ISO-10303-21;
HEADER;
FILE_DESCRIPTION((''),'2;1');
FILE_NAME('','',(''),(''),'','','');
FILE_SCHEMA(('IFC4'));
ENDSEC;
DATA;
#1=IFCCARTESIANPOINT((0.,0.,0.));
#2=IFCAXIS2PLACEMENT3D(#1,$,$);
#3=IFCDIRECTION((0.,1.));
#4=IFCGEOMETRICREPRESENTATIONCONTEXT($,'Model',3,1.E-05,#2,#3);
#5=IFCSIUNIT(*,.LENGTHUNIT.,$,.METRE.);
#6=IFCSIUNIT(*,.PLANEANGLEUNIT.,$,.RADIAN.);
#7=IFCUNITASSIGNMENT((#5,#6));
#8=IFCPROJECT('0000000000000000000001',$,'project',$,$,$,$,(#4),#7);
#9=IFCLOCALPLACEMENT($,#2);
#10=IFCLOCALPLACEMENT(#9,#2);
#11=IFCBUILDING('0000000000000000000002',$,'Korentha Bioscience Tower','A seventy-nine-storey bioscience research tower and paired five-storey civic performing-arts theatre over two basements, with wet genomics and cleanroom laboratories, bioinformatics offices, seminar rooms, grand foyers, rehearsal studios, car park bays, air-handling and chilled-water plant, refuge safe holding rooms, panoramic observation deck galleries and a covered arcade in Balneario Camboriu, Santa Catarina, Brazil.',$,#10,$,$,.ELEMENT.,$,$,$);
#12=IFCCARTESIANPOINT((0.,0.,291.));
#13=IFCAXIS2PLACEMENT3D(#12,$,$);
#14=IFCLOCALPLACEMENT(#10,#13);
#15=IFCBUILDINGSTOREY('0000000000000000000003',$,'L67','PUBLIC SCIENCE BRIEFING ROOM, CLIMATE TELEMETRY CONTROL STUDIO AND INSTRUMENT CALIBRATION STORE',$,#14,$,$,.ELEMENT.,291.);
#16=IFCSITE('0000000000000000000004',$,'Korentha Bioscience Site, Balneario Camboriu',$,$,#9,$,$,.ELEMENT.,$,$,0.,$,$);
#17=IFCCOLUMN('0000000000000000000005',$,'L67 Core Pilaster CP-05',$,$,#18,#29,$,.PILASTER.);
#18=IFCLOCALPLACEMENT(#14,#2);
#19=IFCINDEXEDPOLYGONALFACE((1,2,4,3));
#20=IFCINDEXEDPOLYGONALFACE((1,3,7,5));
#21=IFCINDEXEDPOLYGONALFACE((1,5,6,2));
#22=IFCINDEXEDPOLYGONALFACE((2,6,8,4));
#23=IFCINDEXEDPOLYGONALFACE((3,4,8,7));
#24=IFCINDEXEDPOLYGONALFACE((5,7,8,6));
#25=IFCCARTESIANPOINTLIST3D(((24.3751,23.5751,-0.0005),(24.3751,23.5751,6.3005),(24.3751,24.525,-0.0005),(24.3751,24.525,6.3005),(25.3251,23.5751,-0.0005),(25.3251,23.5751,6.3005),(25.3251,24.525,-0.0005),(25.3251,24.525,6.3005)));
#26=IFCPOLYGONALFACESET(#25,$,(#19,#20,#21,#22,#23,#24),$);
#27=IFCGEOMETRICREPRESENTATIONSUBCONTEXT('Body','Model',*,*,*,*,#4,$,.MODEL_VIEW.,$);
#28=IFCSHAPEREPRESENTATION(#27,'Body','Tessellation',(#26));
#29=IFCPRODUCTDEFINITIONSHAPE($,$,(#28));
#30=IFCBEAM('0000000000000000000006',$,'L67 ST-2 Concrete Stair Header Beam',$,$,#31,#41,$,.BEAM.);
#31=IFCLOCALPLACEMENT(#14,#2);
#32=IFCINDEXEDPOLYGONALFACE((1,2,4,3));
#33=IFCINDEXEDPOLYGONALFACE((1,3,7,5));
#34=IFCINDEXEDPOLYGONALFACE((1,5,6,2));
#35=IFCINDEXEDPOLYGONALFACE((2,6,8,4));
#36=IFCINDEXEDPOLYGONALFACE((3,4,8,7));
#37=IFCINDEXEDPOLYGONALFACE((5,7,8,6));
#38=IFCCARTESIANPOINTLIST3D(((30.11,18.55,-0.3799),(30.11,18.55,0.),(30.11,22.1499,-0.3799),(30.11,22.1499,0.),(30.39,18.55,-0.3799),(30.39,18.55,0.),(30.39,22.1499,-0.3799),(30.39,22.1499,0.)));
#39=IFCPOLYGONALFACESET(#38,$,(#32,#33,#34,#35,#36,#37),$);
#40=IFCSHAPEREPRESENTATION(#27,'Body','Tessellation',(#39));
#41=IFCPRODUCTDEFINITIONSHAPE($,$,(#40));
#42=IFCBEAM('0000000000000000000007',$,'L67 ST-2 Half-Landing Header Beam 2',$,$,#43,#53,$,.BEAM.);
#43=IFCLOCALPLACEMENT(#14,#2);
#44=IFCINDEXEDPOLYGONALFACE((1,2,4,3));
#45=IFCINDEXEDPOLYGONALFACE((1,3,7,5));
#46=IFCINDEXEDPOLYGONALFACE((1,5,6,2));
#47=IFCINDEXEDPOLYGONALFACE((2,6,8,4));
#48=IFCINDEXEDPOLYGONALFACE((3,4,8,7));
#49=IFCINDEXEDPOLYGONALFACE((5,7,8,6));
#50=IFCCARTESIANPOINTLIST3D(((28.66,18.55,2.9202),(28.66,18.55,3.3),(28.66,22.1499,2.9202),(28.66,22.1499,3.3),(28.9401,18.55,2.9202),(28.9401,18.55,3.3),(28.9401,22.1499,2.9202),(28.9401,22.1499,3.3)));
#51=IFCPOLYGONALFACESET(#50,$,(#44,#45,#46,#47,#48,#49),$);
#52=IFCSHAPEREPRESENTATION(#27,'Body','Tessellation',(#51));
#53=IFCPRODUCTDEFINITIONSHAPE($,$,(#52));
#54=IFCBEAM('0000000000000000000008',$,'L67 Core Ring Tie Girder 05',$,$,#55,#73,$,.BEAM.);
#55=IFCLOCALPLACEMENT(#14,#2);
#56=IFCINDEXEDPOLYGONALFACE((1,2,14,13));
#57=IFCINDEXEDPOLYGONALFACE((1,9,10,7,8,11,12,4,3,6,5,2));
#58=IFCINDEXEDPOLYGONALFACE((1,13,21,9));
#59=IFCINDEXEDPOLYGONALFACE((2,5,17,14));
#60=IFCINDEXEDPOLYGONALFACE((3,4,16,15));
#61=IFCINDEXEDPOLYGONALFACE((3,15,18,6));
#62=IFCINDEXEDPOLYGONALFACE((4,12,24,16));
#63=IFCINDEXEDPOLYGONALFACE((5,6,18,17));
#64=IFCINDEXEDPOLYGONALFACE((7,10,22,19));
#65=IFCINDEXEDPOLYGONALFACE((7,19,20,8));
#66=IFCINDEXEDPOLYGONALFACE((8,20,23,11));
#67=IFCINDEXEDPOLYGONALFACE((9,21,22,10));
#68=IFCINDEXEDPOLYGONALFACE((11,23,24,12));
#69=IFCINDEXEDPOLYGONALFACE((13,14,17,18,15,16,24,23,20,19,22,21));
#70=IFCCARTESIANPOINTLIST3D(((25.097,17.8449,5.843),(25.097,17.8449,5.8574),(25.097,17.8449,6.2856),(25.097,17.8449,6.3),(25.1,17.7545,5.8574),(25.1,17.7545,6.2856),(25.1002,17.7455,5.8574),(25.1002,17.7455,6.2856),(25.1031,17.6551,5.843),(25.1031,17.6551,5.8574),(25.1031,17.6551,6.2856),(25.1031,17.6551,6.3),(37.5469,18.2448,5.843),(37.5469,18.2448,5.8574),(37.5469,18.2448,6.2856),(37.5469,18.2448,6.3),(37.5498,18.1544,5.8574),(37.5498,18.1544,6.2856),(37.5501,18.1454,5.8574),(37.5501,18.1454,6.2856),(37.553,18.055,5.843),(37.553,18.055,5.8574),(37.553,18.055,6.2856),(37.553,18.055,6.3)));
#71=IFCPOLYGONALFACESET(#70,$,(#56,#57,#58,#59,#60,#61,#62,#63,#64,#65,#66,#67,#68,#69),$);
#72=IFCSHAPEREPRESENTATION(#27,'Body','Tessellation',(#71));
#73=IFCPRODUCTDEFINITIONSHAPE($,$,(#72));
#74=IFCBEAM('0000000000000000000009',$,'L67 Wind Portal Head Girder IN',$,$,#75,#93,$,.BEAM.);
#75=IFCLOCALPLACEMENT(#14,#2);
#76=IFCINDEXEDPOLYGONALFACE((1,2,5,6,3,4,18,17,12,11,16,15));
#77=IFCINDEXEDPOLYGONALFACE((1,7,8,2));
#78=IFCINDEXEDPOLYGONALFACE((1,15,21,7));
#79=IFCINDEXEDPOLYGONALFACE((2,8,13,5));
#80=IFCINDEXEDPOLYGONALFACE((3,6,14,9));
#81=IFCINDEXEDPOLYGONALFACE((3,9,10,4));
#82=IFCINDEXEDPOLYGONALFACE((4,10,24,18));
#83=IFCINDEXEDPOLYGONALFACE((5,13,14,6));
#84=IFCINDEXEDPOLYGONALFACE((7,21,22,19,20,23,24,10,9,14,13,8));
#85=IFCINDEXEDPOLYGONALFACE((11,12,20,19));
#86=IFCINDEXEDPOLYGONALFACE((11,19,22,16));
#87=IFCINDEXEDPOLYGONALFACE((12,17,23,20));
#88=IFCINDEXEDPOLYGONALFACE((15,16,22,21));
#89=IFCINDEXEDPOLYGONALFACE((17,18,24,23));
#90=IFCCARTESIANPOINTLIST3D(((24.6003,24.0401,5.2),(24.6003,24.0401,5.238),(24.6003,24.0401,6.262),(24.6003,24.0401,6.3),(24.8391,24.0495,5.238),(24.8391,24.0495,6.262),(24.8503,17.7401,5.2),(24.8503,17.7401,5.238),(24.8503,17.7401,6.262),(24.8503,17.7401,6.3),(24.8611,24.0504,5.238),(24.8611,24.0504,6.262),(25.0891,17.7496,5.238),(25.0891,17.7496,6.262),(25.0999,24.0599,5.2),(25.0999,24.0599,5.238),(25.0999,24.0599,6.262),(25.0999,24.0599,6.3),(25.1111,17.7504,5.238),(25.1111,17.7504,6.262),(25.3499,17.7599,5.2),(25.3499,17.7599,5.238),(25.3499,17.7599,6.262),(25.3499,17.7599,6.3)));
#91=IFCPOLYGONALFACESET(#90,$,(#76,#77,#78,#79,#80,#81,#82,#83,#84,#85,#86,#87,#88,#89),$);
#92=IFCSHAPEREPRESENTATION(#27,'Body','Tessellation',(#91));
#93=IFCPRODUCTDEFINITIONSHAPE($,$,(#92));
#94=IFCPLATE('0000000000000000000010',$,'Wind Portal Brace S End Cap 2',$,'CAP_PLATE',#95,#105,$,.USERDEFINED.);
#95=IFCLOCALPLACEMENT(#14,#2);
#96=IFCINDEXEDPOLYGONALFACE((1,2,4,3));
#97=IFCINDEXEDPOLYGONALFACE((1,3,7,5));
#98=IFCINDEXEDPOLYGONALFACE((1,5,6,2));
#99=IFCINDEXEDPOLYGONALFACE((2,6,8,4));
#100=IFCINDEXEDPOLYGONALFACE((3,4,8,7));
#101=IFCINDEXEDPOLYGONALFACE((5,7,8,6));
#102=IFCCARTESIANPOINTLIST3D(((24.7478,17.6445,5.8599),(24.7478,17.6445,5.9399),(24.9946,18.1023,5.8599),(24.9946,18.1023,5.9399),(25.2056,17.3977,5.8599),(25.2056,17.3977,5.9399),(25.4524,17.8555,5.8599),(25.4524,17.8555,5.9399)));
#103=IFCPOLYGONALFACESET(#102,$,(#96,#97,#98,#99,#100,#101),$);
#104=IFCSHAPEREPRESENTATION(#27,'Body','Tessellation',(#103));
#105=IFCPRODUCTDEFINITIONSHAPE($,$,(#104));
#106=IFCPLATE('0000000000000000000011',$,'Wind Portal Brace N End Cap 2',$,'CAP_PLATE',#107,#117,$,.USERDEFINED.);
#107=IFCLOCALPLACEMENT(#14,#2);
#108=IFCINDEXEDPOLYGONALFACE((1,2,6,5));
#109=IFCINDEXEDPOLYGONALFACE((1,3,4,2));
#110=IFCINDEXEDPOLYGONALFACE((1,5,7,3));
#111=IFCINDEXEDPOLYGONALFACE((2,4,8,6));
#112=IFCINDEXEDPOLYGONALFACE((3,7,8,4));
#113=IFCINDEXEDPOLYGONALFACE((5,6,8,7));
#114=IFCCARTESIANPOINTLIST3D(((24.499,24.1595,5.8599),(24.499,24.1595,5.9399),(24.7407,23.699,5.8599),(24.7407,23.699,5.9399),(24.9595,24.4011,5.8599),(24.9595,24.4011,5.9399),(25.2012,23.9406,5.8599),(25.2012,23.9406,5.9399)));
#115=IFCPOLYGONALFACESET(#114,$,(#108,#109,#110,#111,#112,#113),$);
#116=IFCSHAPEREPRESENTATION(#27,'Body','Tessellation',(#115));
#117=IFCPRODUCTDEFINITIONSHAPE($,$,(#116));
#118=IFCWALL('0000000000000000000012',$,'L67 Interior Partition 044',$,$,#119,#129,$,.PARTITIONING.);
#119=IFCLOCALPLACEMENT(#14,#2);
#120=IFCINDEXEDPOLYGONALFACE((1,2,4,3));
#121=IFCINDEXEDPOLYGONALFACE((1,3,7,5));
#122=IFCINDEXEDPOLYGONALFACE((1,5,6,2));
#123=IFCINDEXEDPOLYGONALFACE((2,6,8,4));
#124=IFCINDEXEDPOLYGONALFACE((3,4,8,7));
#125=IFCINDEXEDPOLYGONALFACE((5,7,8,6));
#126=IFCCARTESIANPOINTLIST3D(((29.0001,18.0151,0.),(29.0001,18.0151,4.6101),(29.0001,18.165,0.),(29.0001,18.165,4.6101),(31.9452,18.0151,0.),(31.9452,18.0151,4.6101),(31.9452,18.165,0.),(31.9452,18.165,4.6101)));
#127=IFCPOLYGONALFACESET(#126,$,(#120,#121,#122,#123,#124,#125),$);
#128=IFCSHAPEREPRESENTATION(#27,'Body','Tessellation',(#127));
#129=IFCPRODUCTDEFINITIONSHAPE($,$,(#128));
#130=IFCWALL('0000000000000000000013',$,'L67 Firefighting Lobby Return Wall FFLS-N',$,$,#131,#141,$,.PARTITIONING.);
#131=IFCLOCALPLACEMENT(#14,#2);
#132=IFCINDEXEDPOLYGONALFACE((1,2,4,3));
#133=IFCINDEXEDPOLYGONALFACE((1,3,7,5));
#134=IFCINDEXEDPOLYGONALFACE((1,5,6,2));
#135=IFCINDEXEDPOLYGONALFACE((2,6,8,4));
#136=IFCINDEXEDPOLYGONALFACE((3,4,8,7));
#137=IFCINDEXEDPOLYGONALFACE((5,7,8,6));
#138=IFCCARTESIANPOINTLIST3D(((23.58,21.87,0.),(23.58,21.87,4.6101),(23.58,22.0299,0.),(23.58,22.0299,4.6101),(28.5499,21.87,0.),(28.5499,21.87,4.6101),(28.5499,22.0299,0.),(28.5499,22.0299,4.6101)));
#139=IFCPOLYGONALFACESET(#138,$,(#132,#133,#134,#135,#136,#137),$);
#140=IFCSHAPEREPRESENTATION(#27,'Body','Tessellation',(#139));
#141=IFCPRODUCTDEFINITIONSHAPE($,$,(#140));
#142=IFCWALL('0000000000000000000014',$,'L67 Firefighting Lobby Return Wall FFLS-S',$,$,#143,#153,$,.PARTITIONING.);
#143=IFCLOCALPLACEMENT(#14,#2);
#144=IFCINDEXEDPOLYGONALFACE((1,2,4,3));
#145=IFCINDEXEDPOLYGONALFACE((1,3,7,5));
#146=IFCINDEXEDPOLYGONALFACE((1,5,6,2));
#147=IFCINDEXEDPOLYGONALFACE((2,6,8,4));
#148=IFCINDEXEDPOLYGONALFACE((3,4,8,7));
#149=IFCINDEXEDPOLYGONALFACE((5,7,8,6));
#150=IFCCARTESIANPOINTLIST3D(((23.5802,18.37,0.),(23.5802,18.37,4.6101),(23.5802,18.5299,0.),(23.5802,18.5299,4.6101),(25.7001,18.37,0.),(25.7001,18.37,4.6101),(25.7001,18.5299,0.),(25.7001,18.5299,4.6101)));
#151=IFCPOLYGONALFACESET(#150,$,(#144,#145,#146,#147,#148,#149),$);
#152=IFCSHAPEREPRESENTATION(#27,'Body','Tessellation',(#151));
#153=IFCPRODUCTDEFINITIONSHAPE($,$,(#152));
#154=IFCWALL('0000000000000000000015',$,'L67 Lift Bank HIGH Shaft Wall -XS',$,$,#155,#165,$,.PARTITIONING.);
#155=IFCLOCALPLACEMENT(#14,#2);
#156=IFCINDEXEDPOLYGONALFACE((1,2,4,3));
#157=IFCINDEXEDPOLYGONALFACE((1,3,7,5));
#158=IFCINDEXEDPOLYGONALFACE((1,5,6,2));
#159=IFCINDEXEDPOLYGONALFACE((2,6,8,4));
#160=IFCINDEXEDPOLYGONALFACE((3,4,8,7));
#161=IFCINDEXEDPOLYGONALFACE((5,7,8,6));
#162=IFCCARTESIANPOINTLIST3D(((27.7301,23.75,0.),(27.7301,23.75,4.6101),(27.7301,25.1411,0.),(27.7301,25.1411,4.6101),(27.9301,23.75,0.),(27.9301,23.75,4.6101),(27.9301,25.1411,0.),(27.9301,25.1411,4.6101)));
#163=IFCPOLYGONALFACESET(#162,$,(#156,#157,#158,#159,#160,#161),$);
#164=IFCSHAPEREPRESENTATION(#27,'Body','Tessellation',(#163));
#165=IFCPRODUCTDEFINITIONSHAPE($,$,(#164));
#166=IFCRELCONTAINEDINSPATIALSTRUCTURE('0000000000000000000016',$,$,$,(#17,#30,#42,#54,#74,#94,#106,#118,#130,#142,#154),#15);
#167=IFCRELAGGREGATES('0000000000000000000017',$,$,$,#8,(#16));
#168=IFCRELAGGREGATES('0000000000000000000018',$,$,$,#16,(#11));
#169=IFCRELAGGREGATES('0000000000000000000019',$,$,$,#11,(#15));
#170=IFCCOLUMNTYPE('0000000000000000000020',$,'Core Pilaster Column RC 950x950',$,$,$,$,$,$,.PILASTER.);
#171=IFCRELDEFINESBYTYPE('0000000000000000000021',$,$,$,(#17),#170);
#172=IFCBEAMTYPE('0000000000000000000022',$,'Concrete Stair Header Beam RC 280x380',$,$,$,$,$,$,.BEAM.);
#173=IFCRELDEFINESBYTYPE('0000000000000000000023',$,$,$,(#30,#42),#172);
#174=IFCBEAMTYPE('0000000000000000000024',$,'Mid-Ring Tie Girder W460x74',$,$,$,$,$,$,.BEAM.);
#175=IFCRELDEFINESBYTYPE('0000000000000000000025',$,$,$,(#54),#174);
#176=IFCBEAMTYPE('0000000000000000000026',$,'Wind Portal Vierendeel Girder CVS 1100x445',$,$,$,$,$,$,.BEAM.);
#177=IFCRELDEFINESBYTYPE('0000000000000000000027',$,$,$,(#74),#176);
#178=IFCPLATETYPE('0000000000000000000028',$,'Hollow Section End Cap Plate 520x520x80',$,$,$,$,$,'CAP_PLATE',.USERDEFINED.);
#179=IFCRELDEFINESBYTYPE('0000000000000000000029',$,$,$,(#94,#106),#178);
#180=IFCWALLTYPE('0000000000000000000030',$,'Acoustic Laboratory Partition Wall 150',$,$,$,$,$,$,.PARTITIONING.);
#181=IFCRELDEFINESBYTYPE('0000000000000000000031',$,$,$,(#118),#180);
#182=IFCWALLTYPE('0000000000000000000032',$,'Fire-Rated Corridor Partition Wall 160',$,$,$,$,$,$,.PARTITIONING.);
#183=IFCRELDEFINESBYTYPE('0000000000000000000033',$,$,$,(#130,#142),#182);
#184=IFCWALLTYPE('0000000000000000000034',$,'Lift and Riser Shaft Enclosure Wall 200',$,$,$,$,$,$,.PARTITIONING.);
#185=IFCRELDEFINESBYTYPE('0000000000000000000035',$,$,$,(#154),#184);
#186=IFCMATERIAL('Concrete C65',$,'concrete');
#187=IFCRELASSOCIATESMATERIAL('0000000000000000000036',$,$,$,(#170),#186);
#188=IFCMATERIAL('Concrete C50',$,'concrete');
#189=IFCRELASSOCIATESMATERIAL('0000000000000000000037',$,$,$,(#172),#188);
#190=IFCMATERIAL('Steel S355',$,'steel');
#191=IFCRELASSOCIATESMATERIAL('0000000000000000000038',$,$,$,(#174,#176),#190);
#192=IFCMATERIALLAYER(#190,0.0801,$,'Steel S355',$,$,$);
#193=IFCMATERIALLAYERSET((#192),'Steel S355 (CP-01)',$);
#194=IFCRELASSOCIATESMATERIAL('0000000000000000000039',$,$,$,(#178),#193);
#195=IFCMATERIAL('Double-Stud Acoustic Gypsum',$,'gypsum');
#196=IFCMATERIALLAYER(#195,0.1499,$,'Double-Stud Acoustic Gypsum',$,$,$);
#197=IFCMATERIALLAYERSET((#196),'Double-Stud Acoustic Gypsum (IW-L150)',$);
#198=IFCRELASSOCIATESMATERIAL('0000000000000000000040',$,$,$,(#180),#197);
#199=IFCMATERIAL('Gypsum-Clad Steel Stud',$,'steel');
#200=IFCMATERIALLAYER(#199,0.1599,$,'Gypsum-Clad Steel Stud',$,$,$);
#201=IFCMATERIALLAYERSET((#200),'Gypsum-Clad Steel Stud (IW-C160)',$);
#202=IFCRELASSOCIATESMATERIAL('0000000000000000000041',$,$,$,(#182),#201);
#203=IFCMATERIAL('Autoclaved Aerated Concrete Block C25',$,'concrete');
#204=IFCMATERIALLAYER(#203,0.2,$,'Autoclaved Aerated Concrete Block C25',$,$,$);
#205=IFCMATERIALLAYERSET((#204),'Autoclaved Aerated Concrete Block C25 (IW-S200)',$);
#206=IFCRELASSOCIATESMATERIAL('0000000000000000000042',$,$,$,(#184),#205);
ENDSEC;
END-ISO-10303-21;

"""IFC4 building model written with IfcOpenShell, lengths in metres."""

from ifc_helpers import new_model, si_unit, direction, frame, frame_2d, origin, origin_2d, place, context, subcontext, project, spatial, rectangle, i_section, extrude, material, layer, layer_set, material_profile, profile_set, type_object, element, save


model = new_model("IFC4")

# Units and contexts
model_context = context("Model", 3, precision=1e-05, world=origin(), true_north=direction((0.0, 1.0)))
body_context = subcontext(model_context, "Body", "Model", "MODEL_VIEW")
ifc_project = project(units=[si_unit("LENGTHUNIT", "METRE"), si_unit("PLANEANGLEUNIT", "RADIAN")], contexts=[model_context])

# Site, building, storey
site_placement = place(None, origin())
site = spatial("IfcSite", under=ifc_project, at=site_placement, Name="Korentha Bioscience Site, Balneario Camboriu", CompositionType="ELEMENT", RefElevation=0.0)
building_placement = place(site_placement, origin())
building = spatial("IfcBuilding", under=site, at=building_placement, Name="Korentha Bioscience Tower", Description="A seventy-nine-storey bioscience research tower and paired five-storey civic performing-arts theatre over two basements, with wet genomics and cleanroom laboratories, bioinformatics offices, seminar rooms, grand foyers, rehearsal studios, car park bays, air-handling and chilled-water plant, refuge safe holding rooms, panoramic observation deck galleries and a covered arcade in Balneario Camboriu, Santa Catarina, Brazil.", CompositionType="ELEMENT")
storey_placement = place(building_placement, frame((0.0, 0.0, 291.0)))
storey = spatial("IfcBuildingStorey", under=building, at=storey_placement, Name="L67", Description="PUBLIC SCIENCE BRIEFING ROOM, CLIMATE TELEMETRY CONTROL STUDIO AND INSTRUMENT CALIBRATION STORE", CompositionType="ELEMENT", Elevation=291.0)

# Column
ifc_material_1 = material(Name="Concrete C65", Category="concrete")
ifc_material_profile_1 = material_profile(ifc_material_1, rectangle(XDim=0.95, YDim=0.95, at=origin_2d()), Name="Concrete C65")
ifc_profile_set_1 = profile_set([ifc_material_profile_1], Name="Concrete C65 (COL-CP09)")
column_type = type_object("IfcColumnType", Name="Core Pilaster Column RC 950x950", PredefinedType="PILASTER", material=ifc_profile_set_1)
column_placement = place(storey_placement, frame((24.8501, 24.05, -0.0005), z_axis=(0.0, 0.0, 1.0), x_axis=(1.0, 0.0, 0.0)))
element("IfcColumn", 1, at=column_placement, inside=storey, type_object=column_type, Name="L67 Core Pilaster CP-05", PredefinedType="PILASTER", context=body_context, shape_type="SweptSolid", body=[
    extrude(rectangle(XDim=0.95, YDim=0.95, at=origin_2d()), origin(), (0.0, 0.0, 1.0), 6.301),
])

# Beams
ifc_material_2 = material(Name="Concrete C50", Category="concrete")
ifc_material_profile_2 = material_profile(ifc_material_2, rectangle(XDim=0.28, YDim=0.3799, at=origin_2d()), Name="Concrete C50")
ifc_profile_set_2 = profile_set([ifc_material_profile_2], Name="Concrete C50 (ST-HB380)")
beam_type_1 = type_object("IfcBeamType", Name="Concrete Stair Header Beam RC 280x380", PredefinedType="BEAM", material=ifc_profile_set_2)
for number, where, z_axis, x_axis, name in (
    (2, (30.25, 18.55, -0.1899), (0.0, 1.0, 0.0), (-1.0, 0.0, 0.0), "L67 ST-2 Concrete Stair Header Beam"),
    (3, (28.8, 18.55, 3.1101), (0.0, 1.0, 0.0), (-1.0, 0.0, 0.0), "L67 ST-2 Half-Landing Header Beam 2"),
):
    element("IfcBeam", number, at=place(storey_placement, frame(where, z_axis=z_axis, x_axis=x_axis)), inside=storey, type_object=beam_type_1, Name=name, PredefinedType="BEAM", context=body_context, shape_type="SweptSolid", body=[
        extrude(rectangle(XDim=0.28, YDim=0.3799, at=origin_2d()), origin(), (0.0, 0.0, 1.0), 3.5999),
    ])
ifc_material_3 = material(Name="Steel S355", Category="steel")
ifc_material_profile_3 = material_profile(ifc_material_3, i_section(OverallWidth=0.1899, OverallDepth=0.457, WebThickness=0.009, FlangeThickness=0.0144, at=origin_2d()), Name="Steel S355")
ifc_profile_set_3 = profile_set([ifc_material_profile_3], Name="Steel S355 (MB-460)")
beam_type_2 = type_object("IfcBeamType", Name="Mid-Ring Tie Girder W460x74", PredefinedType="BEAM", material=ifc_profile_set_3)
beam_1_placement = place(storey_placement, frame((25.1001, 17.75, 6.0715), z_axis=(0.999485, 0.032104, 0.0), x_axis=(-0.032104, 0.999485, 0.0)))
element("IfcBeam", 4, at=beam_1_placement, inside=storey, type_object=beam_type_2, Name="L67 Core Ring Tie Girder 05", PredefinedType="BEAM", context=body_context, shape_type="SweptSolid", body=[
    extrude(i_section(OverallWidth=0.1899, OverallDepth=0.457, WebThickness=0.009, FlangeThickness=0.0144, at=origin_2d()), origin(), (0.0, 0.0, 1.0), 12.4563),
])
ifc_material_profile_4 = material_profile(ifc_material_3, i_section(OverallWidth=0.5, OverallDepth=1.1001, WebThickness=0.022, FlangeThickness=0.0381, at=origin_2d()), Name="Steel S355")
ifc_profile_set_4 = profile_set([ifc_material_profile_4], Name="Steel S355 (WP-B1)")
beam_type_3 = type_object("IfcBeamType", Name="Wind Portal Vierendeel Girder CVS 1100x445", PredefinedType="BEAM", material=ifc_profile_set_4)
beam_2_placement = place(storey_placement, frame((25.1001, 17.75, 5.75), z_axis=(-0.039651, 0.999214, 0.0), x_axis=(-0.999214, -0.039651, 0.0)))
element("IfcBeam", 5, at=beam_2_placement, inside=storey, type_object=beam_type_3, Name="L67 Wind Portal Head Girder IN", PredefinedType="BEAM", context=body_context, shape_type="SweptSolid", body=[
    extrude(i_section(OverallWidth=0.5, OverallDepth=1.1001, WebThickness=0.022, FlangeThickness=0.0381, at=origin_2d()), origin(), (0.0, 0.0, 1.0), 6.3049),
])

# Plates
ifc_layer_1 = layer(ifc_material_3, 0.0801, Name="Steel S355")
ifc_layer_set_1 = layer_set([ifc_layer_1], Name="Steel S355 (CP-01)")
plate_type = type_object("IfcPlateType", Name="Hollow Section End Cap Plate 520x520x80", ElementType="CAP_PLATE", PredefinedType="USERDEFINED", material=ifc_layer_set_1)
for number, where, z_axis, x_axis, name in (
    (6, (25.1001, 17.75, 5.8599), (0.0, 0.0, 1.0), (0.474549, 0.880229, 0.0), "Wind Portal Brace S End Cap 2"),
    (7, (24.8501, 24.05, 5.8599), (0.0, 0.0, 1.0), (0.885475, 0.464688, 0.0), "Wind Portal Brace N End Cap 2"),
):
    element("IfcPlate", number, at=place(storey_placement, frame(where, z_axis=z_axis, x_axis=x_axis)), inside=storey, type_object=plate_type, Name=name, ObjectType="CAP_PLATE", PredefinedType="USERDEFINED", context=body_context, shape_type="SweptSolid", body=[
        extrude(rectangle(XDim=0.52, YDim=0.52, at=origin_2d()), origin(), (0.0, 0.0, 1.0), 0.0801),
    ])

# Wall
ifc_material_4 = material(Name="Double-Stud Acoustic Gypsum", Category="gypsum")
ifc_layer_2 = layer(ifc_material_4, 0.1499, Name="Double-Stud Acoustic Gypsum")
ifc_layer_set_2 = layer_set([ifc_layer_2], Name="Double-Stud Acoustic Gypsum (IW-L150)")
wall_type_1 = type_object("IfcWallType", Name="Acoustic Laboratory Partition Wall 150", PredefinedType="PARTITIONING", material=ifc_layer_set_2)
wall_1_placement = place(storey_placement, frame((29.0, 18.0901, 0.0), z_axis=(0.0, 0.0, 1.0), x_axis=(1.0, 0.0, 0.0)))
element("IfcWall", 8, at=wall_1_placement, inside=storey, type_object=wall_type_1, Name="L67 Interior Partition 044", PredefinedType="PARTITIONING", context=body_context, shape_type="SweptSolid", body=[
    extrude(rectangle(XDim=2.9451, YDim=0.1499, at=frame_2d((1.4727, 0.0))), origin(), (0.0, 0.0, 1.0), 4.6101),
])

# Shared definitions
ifc_material_5 = material(Name="Gypsum-Clad Steel Stud", Category="steel")
ifc_layer_3 = layer(ifc_material_5, 0.1599, Name="Gypsum-Clad Steel Stud")
ifc_layer_set_3 = layer_set([ifc_layer_3], Name="Gypsum-Clad Steel Stud (IW-C160)")
wall_type_2 = type_object("IfcWallType", Name="Fire-Rated Corridor Partition Wall 160", PredefinedType="PARTITIONING", material=ifc_layer_set_3)

# Walls
wall_2_placement = place(storey_placement, frame((23.5801, 21.95, 0.0), z_axis=(0.0, 0.0, 1.0), x_axis=(1.0, 0.0, 0.0)))
element("IfcWall", 9, at=wall_2_placement, inside=storey, type_object=wall_type_2, Name="L67 Firefighting Lobby Return Wall FFLS-N", PredefinedType="PARTITIONING", context=body_context, shape_type="SweptSolid", body=[
    extrude(rectangle(XDim=4.97, YDim=0.1599, at=frame_2d((2.4849, 0.0))), origin(), (0.0, 0.0, 1.0), 4.6101),
])
wall_3_placement = place(storey_placement, frame((23.5801, 18.45, 0.0), z_axis=(0.0, 0.0, 1.0), x_axis=(1.0, 0.0, 0.0)))
element("IfcWall", 10, at=wall_3_placement, inside=storey, type_object=wall_type_2, Name="L67 Firefighting Lobby Return Wall FFLS-S", PredefinedType="PARTITIONING", context=body_context, shape_type="SweptSolid", body=[
    extrude(rectangle(XDim=2.1199, YDim=0.1599, at=frame_2d((1.0601, 0.0))), origin(), (0.0, 0.0, 1.0), 4.6101),
])
ifc_material_6 = material(Name="Autoclaved Aerated Concrete Block C25", Category="concrete")
ifc_layer_4 = layer(ifc_material_6, 0.2, Name="Autoclaved Aerated Concrete Block C25")
ifc_layer_set_4 = layer_set([ifc_layer_4], Name="Autoclaved Aerated Concrete Block C25 (IW-S200)")
wall_type_3 = type_object("IfcWallType", Name="Lift and Riser Shaft Enclosure Wall 200", PredefinedType="PARTITIONING", material=ifc_layer_set_4)
wall_4_placement = place(storey_placement, frame((27.8301, 23.75, 0.0), z_axis=(0.0, 0.0, 1.0), x_axis=(0.0, 1.0, 0.0)))
element("IfcWall", 11, at=wall_4_placement, inside=storey, type_object=wall_type_3, Name="L67 Lift Bank HIGH Shaft Wall -XS", PredefinedType="PARTITIONING", context=body_context, shape_type="SweptSolid", body=[
    extrude(rectangle(XDim=1.3911, YDim=0.2, at=frame_2d((0.6956, 0.0))), origin(), (0.0, 0.0, 1.0), 4.6101),
])

save(model, "model.ifc")
